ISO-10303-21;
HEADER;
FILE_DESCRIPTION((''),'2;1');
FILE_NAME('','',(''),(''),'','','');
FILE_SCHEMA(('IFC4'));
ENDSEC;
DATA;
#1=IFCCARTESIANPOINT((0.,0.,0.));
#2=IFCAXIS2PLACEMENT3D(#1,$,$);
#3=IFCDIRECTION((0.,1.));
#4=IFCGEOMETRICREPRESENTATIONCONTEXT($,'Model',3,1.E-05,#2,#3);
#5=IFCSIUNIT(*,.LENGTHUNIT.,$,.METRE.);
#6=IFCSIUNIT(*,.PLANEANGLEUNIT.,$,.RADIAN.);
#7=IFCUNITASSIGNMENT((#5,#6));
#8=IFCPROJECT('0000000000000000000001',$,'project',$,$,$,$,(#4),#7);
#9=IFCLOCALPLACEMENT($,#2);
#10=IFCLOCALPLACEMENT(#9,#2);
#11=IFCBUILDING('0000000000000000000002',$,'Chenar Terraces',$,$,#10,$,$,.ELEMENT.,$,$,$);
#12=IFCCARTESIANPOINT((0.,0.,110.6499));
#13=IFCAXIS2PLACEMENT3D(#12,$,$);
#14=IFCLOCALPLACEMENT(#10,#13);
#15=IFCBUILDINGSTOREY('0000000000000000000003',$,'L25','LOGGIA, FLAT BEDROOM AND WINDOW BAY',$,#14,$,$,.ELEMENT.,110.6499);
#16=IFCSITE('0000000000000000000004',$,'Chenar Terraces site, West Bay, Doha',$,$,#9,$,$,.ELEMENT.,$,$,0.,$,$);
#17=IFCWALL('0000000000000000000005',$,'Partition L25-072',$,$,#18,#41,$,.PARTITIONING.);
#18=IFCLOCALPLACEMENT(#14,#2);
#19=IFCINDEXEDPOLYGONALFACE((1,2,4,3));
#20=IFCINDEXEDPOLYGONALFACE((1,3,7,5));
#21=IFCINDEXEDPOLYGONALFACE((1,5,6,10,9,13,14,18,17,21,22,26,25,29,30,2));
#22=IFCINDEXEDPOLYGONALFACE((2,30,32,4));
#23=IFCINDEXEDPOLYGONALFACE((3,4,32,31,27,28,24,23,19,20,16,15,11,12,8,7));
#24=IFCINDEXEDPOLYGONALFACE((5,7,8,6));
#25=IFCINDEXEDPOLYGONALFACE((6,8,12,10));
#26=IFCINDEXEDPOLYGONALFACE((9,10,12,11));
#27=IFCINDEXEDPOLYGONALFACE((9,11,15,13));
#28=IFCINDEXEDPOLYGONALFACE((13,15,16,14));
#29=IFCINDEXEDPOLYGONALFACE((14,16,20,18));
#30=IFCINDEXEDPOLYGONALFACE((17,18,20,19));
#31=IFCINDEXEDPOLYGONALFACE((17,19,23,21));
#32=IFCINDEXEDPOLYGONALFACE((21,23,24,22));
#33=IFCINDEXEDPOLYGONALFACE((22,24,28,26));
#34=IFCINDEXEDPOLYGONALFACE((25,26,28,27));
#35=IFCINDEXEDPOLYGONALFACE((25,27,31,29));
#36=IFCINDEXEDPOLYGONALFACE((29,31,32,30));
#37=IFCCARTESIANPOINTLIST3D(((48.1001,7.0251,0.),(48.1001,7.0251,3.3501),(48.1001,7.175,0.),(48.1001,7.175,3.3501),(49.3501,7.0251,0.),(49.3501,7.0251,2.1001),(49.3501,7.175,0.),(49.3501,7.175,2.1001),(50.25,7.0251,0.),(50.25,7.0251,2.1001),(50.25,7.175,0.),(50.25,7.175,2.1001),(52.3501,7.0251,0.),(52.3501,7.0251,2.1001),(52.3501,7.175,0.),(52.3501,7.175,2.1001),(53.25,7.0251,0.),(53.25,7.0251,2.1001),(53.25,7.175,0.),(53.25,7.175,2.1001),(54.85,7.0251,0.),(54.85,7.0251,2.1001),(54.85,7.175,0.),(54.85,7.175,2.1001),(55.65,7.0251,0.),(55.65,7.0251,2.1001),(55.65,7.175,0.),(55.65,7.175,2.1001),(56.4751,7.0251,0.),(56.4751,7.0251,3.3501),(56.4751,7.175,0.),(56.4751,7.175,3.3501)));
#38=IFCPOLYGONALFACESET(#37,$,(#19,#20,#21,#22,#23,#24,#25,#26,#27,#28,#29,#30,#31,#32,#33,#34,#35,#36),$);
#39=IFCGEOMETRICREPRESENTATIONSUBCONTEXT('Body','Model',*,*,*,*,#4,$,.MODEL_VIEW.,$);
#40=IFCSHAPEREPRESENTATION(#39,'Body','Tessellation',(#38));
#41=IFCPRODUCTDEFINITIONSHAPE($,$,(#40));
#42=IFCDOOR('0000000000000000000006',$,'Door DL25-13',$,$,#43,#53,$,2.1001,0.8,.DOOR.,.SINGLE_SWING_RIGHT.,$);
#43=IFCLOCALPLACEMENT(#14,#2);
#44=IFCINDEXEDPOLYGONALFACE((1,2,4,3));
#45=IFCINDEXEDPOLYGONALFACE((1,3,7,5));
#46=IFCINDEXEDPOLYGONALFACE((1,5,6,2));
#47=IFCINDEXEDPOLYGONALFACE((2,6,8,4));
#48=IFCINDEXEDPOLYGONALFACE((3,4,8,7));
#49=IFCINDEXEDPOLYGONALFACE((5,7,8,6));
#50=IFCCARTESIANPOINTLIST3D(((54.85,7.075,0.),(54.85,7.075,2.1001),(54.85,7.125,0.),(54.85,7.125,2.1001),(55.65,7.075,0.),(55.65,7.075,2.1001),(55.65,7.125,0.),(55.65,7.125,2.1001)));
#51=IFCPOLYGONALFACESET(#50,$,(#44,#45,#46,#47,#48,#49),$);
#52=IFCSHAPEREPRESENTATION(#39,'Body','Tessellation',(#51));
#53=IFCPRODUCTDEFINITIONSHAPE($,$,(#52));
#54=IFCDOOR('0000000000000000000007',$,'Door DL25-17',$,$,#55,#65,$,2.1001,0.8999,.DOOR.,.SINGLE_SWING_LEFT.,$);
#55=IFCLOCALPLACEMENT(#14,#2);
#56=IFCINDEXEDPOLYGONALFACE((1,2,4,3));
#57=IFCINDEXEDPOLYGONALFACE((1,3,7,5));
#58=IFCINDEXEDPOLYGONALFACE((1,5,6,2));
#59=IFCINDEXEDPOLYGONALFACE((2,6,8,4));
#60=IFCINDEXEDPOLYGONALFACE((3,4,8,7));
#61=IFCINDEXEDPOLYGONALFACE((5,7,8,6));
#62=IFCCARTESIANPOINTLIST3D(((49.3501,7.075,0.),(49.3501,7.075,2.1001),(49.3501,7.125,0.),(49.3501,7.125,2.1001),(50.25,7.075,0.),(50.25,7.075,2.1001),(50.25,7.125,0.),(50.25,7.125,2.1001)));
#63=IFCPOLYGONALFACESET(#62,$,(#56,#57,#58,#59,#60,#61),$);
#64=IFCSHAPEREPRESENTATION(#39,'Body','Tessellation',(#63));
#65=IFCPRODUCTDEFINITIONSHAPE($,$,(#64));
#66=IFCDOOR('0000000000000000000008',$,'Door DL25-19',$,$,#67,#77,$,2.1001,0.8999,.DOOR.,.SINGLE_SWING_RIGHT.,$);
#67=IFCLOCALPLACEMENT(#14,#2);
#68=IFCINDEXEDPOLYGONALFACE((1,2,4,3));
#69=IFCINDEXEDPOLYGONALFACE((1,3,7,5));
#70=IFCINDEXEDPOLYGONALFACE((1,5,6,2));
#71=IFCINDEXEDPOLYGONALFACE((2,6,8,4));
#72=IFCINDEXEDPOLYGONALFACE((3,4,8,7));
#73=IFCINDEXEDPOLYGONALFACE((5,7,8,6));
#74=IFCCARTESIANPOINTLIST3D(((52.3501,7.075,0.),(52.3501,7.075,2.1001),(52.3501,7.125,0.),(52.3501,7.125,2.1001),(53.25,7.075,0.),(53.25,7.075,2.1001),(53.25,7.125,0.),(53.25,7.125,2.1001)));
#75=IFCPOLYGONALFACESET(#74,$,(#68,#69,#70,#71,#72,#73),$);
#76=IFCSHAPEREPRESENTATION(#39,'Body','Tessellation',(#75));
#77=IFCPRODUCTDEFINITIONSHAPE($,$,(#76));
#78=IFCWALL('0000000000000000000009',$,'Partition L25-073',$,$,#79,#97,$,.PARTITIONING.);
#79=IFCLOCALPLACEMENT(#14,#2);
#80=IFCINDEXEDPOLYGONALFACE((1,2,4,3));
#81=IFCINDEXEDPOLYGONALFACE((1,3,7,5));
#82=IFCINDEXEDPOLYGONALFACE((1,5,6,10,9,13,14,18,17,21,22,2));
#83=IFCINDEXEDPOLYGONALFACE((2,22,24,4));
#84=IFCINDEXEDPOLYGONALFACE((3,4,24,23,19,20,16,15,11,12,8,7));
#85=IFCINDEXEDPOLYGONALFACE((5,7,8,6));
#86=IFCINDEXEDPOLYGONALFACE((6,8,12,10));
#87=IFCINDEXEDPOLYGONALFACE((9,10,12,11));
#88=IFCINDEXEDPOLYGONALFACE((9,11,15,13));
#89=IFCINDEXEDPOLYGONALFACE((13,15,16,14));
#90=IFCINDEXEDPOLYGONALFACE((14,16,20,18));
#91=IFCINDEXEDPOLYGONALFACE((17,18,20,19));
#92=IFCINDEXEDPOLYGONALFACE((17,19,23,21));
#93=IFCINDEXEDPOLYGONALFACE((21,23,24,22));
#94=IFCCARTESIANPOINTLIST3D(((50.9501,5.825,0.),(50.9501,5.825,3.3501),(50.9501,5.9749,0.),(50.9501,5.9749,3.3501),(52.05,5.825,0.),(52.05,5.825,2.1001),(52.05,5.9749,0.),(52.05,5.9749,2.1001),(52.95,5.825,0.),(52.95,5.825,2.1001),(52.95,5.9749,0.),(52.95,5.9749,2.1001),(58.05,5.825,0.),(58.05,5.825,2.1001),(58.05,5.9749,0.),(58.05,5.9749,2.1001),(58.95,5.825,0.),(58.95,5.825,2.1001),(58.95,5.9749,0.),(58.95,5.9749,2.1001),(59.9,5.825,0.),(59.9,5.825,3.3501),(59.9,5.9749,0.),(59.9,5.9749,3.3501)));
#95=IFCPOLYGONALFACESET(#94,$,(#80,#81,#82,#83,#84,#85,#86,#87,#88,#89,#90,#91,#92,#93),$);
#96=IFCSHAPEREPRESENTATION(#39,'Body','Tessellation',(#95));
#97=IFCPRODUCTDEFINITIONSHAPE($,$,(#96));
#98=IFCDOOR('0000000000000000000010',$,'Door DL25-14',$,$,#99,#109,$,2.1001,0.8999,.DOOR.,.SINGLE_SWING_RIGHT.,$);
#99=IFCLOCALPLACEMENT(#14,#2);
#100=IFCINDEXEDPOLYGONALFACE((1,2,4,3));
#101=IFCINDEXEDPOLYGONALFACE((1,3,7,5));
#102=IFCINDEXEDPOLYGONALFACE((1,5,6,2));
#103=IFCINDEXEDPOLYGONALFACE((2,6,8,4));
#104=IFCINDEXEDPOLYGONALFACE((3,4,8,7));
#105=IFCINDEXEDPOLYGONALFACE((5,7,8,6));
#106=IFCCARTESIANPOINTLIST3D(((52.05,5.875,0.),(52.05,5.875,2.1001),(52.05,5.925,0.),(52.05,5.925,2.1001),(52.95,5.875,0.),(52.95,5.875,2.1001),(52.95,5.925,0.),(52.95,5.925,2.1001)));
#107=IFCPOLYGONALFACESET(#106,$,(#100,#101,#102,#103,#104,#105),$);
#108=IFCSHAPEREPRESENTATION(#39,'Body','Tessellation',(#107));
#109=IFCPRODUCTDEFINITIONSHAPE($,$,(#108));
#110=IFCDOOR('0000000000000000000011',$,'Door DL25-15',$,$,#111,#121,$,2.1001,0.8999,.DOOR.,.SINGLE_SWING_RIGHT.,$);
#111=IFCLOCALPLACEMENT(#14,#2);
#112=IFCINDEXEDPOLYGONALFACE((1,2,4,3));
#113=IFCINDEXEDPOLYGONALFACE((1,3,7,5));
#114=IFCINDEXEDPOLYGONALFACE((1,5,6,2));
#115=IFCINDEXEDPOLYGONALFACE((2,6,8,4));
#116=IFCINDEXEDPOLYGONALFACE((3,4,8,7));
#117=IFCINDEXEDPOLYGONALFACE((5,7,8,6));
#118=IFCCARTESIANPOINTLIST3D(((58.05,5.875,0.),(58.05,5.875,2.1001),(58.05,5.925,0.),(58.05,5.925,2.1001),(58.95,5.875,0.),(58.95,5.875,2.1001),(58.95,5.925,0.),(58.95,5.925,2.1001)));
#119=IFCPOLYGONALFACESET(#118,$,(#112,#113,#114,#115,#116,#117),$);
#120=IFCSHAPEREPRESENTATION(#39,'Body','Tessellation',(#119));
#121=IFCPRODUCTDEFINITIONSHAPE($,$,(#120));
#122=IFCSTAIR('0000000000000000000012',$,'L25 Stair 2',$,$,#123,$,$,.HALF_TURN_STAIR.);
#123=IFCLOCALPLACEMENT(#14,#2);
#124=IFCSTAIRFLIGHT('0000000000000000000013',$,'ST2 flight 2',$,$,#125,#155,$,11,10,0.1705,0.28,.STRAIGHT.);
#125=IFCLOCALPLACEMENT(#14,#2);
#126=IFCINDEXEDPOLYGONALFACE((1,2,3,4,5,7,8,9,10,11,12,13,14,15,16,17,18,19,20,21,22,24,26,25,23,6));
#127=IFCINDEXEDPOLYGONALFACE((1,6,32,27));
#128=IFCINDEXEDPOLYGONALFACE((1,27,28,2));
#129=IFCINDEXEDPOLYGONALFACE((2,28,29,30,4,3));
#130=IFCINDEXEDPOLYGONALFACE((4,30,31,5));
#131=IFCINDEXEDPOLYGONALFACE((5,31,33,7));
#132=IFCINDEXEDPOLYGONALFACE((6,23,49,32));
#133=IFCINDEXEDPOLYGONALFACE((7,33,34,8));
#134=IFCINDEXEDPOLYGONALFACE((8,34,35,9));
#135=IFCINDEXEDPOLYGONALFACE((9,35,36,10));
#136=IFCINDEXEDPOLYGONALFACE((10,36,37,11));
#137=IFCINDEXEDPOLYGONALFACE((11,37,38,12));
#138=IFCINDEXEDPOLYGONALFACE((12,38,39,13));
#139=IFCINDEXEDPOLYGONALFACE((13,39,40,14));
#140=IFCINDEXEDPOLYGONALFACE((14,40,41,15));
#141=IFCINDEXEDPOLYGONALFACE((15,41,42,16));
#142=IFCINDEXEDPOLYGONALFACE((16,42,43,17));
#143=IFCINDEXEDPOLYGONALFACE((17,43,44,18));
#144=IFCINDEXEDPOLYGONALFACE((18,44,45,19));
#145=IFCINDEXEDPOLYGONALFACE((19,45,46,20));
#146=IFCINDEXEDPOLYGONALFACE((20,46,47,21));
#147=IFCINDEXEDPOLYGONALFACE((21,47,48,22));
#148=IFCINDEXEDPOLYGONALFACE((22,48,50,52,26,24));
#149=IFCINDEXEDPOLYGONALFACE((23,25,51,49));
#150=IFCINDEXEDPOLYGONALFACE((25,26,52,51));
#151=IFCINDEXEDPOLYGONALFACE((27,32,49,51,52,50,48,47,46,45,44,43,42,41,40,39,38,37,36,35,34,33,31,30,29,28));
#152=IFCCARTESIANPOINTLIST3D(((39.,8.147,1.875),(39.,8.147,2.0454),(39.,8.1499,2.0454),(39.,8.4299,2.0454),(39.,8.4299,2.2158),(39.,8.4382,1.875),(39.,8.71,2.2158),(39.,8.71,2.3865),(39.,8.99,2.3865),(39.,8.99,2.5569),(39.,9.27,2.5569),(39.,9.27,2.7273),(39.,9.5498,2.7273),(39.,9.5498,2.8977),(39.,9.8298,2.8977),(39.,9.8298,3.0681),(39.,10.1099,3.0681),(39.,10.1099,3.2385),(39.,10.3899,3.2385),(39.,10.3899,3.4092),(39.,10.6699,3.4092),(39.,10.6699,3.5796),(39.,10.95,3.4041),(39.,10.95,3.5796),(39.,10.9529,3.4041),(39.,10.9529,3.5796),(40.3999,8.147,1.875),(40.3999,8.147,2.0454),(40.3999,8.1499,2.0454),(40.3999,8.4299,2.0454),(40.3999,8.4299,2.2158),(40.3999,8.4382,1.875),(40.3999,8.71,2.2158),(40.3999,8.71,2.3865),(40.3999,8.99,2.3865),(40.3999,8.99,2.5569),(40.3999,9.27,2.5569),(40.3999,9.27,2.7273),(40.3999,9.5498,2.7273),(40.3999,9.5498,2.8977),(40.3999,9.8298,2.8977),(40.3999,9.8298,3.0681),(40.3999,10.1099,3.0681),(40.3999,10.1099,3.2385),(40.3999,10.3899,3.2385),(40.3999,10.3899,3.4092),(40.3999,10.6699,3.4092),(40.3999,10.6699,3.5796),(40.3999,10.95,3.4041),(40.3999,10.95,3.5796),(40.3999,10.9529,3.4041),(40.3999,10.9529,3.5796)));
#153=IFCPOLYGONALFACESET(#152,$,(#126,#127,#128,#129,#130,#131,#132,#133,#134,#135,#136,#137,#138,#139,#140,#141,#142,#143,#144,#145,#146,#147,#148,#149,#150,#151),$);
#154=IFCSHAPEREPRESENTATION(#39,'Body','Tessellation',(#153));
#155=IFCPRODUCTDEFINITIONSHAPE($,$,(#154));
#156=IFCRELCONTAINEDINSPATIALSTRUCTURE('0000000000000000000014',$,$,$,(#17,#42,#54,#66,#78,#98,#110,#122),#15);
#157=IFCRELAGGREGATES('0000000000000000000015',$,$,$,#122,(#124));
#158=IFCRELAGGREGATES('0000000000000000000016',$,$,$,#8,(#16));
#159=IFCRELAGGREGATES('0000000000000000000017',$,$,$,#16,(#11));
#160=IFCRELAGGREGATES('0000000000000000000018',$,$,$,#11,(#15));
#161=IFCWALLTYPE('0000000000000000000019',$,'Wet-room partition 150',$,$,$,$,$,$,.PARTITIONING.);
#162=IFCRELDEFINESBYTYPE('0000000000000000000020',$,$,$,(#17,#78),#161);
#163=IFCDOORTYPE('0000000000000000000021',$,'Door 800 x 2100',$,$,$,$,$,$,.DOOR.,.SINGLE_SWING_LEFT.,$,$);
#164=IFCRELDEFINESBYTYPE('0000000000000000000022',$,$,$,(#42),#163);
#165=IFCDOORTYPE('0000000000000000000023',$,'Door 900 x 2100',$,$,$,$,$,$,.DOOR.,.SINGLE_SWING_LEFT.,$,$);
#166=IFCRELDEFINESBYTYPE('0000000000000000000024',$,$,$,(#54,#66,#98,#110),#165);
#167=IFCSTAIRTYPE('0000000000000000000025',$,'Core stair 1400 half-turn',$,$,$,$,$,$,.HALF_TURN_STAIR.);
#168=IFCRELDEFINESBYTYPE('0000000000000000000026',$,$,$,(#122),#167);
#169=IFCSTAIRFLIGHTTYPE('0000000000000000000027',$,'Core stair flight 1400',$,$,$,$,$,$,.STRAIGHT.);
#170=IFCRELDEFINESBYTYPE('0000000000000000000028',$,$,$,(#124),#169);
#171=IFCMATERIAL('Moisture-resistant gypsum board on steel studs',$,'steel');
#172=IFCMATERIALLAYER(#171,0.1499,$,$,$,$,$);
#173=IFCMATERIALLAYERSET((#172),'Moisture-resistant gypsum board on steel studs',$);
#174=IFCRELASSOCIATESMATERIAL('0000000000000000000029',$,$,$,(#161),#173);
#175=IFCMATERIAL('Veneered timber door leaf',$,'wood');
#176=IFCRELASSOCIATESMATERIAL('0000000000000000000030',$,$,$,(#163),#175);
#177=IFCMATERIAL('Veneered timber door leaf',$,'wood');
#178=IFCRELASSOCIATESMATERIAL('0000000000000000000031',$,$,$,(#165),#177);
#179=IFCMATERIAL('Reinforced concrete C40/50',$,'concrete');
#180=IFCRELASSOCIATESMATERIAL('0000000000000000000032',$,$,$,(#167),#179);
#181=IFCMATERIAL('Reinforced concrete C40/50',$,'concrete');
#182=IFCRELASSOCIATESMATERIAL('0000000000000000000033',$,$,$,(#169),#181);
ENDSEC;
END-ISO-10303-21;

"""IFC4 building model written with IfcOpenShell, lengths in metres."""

from ifc_helpers import new_model, si_unit, direction, frame, frame_2d, origin, place, context, subcontext, project, spatial, polyline, rectangle, outline, extrude, material, layer, layer_set, type_object, element, fill, aggregate, save


model = new_model("IFC4")

# Units and contexts
model_context = context("Model", 3, precision=1e-05, world=origin(), true_north=direction((0.0, 1.0)))
body_context = subcontext(model_context, "Body", "Model", "MODEL_VIEW")
ifc_project = project(units=[si_unit("LENGTHUNIT", "METRE"), si_unit("PLANEANGLEUNIT", "RADIAN")], contexts=[model_context])

# Site, building, storey
site_placement = place(None, origin())
site = spatial("IfcSite", under=ifc_project, at=site_placement, Name="Chenar Terraces site, West Bay, Doha", CompositionType="ELEMENT", RefElevation=0.0)
building_placement = place(site_placement, origin())
building = spatial("IfcBuilding", under=site, at=building_placement, Name="Chenar Terraces", CompositionType="ELEMENT")
storey_placement = place(building_placement, frame((0.0, 0.0, 110.6499)))
storey = spatial("IfcBuildingStorey", under=building, at=storey_placement, Name="L25", Description="LOGGIA, FLAT BEDROOM AND WINDOW BAY", CompositionType="ELEMENT", Elevation=110.6499)

# Shared definitions
ifc_material_1 = material(Name="Moisture-resistant gypsum board on steel studs", Category="steel")
ifc_layer_1 = layer(ifc_material_1, 0.1499)
ifc_layer_set_1 = layer_set([ifc_layer_1], Name="Moisture-resistant gypsum board on steel studs")
wall_type_1 = type_object("IfcWallType", Name="Wet-room partition 150", PredefinedType="PARTITIONING", material=ifc_layer_set_1)
ifc_material_2 = material(Name="Veneered timber door leaf", Category="wood")
door_type_1 = type_object("IfcDoorType", Name="Door 800 x 2100", OperationType="SINGLE_SWING_LEFT", PredefinedType="DOOR", material=ifc_material_2)

# Walls, openings, doors
wall_1_placement = place(storey_placement, frame((48.1001, 7.1001, 0.0), z_axis=(0.0, 0.0, 1.0), x_axis=(1.0, 0.0, 0.0)))
wall_1 = element("IfcWall", 1, at=wall_1_placement, inside=storey, type_object=wall_type_1, Name="Partition L25-072", PredefinedType="PARTITIONING", context=body_context, shape_type="SweptSolid", body=[
    extrude(rectangle(XDim=8.375, YDim=0.1499, at=frame_2d((4.1875, 0.0))), origin(), (0.0, 0.0, 1.0), 3.3501),
])
opening_1_placement = place(wall_1_placement, frame((6.75, 0.0, 0.0)))
opening_1 = element("IfcOpeningElement", 2, at=opening_1_placement, cuts=wall_1, PredefinedType="OPENING", context=body_context, shape_type="SweptSolid", body=[
    extrude(rectangle(XDim=0.8, YDim=2.1001, at=frame_2d((0.3999, 1.05))), frame((0.0, 0.085, 0.0), z_axis=(0.0, -1.0, 0.0), x_axis=(1.0, 0.0, 0.0)), (0.0, 0.0, 1.0), 0.1699),
])
opening_2_placement = place(wall_1_placement, frame((1.25, 0.0, 0.0)))
opening_2 = element("IfcOpeningElement", 3, at=opening_2_placement, cuts=wall_1, PredefinedType="OPENING", context=body_context, shape_type="SweptSolid", body=[
    extrude(rectangle(XDim=0.8999, YDim=2.1001, at=frame_2d((0.45, 1.05))), frame((0.0, 0.085, 0.0), z_axis=(0.0, -1.0, 0.0), x_axis=(1.0, 0.0, 0.0)), (0.0, 0.0, 1.0), 0.1699),
])
opening_3_placement = place(wall_1_placement, frame((4.25, 0.0, 0.0)))
opening_3 = element("IfcOpeningElement", 4, at=opening_3_placement, cuts=wall_1, PredefinedType="OPENING", context=body_context, shape_type="SweptSolid", body=[
    extrude(rectangle(XDim=0.8999, YDim=2.1001, at=frame_2d((0.45, 1.05))), frame((0.0, 0.085, 0.0), z_axis=(0.0, -1.0, 0.0), x_axis=(1.0, 0.0, 0.0)), (0.0, 0.0, 1.0), 0.1699),
])
door_1_placement = place(opening_1_placement, origin())
door_1 = element("IfcDoor", 5, at=door_1_placement, inside=storey, type_object=door_type_1, Name="Door DL25-13", OperationType="SINGLE_SWING_RIGHT", OverallHeight=2.1001, OverallWidth=0.8, PredefinedType="DOOR", context=body_context, shape_type="SweptSolid", body=[
    extrude(rectangle(XDim=0.8, YDim=2.1001, at=frame_2d((0.3999, 1.05))), frame((0.0, 0.0249, 0.0), z_axis=(0.0, -1.0, 0.0), x_axis=(1.0, 0.0, 0.0)), (0.0, 0.0, 1.0), 0.05),
])
fill(opening_1, door_1)
ifc_material_3 = material(Name="Veneered timber door leaf", Category="wood")
door_type_2 = type_object("IfcDoorType", Name="Door 900 x 2100", OperationType="SINGLE_SWING_LEFT", PredefinedType="DOOR", material=ifc_material_3)
door_2_placement = place(opening_2_placement, origin())
door_2 = element("IfcDoor", 6, at=door_2_placement, inside=storey, type_object=door_type_2, Name="Door DL25-17", OperationType="SINGLE_SWING_LEFT", OverallHeight=2.1001, OverallWidth=0.8999, PredefinedType="DOOR", context=body_context, shape_type="SweptSolid", body=[
    extrude(rectangle(XDim=0.8999, YDim=2.1001, at=frame_2d((0.45, 1.05))), frame((0.0, 0.0249, 0.0), z_axis=(0.0, -1.0, 0.0), x_axis=(1.0, 0.0, 0.0)), (0.0, 0.0, 1.0), 0.05),
])
fill(opening_2, door_2)
door_3_placement = place(opening_3_placement, origin())
door_3 = element("IfcDoor", 7, at=door_3_placement, inside=storey, type_object=door_type_2, Name="Door DL25-19", OperationType="SINGLE_SWING_RIGHT", OverallHeight=2.1001, OverallWidth=0.8999, PredefinedType="DOOR", context=body_context, shape_type="SweptSolid", body=[
    extrude(rectangle(XDim=0.8999, YDim=2.1001, at=frame_2d((0.45, 1.05))), frame((0.0, 0.0249, 0.0), z_axis=(0.0, -1.0, 0.0), x_axis=(1.0, 0.0, 0.0)), (0.0, 0.0, 1.0), 0.05),
])
fill(opening_3, door_3)
wall_2_placement = place(storey_placement, frame((50.95, 5.8999, 0.0), z_axis=(0.0, 0.0, 1.0), x_axis=(1.0, 0.0, 0.0)))
wall_2 = element("IfcWall", 8, at=wall_2_placement, inside=storey, type_object=wall_type_1, Name="Partition L25-073", PredefinedType="PARTITIONING", context=body_context, shape_type="SweptSolid", body=[
    extrude(rectangle(XDim=8.95, YDim=0.1499, at=frame_2d((4.4751, 0.0))), origin(), (0.0, 0.0, 1.0), 3.3501),
])
opening_4_placement = place(wall_2_placement, frame((1.1001, 0.0, 0.0)))
opening_4 = element("IfcOpeningElement", 9, at=opening_4_placement, cuts=wall_2, PredefinedType="OPENING", context=body_context, shape_type="SweptSolid", body=[
    extrude(rectangle(XDim=0.8999, YDim=2.1001, at=frame_2d((0.45, 1.05))), frame((0.0, 0.085, 0.0), z_axis=(0.0, -1.0, 0.0), x_axis=(1.0, 0.0, 0.0)), (0.0, 0.0, 1.0), 0.1699),
])
opening_5_placement = place(wall_2_placement, frame((7.1001, 0.0, 0.0)))
opening_5 = element("IfcOpeningElement", 10, at=opening_5_placement, cuts=wall_2, PredefinedType="OPENING", context=body_context, shape_type="SweptSolid", body=[
    extrude(rectangle(XDim=0.8999, YDim=2.1001, at=frame_2d((0.45, 1.05))), frame((0.0, 0.085, 0.0), z_axis=(0.0, -1.0, 0.0), x_axis=(1.0, 0.0, 0.0)), (0.0, 0.0, 1.0), 0.1699),
])
door_4_placement = place(opening_4_placement, frame((0.8999, 0.0, 0.0), z_axis=(0.0, 0.0, 1.0), x_axis=(-1.0, 0.0, 0.0)))
door_4 = element("IfcDoor", 11, at=door_4_placement, inside=storey, type_object=door_type_2, Name="Door DL25-14", OperationType="SINGLE_SWING_RIGHT", OverallHeight=2.1001, OverallWidth=0.8999, PredefinedType="DOOR", context=body_context, shape_type="SweptSolid", body=[
    extrude(rectangle(XDim=0.8999, YDim=2.1001, at=frame_2d((0.45, 1.05))), frame((0.0, 0.0249, 0.0), z_axis=(0.0, -1.0, 0.0), x_axis=(1.0, 0.0, 0.0)), (0.0, 0.0, 1.0), 0.05),
])
fill(opening_4, door_4)
door_5_placement = place(opening_5_placement, frame((0.8999, 0.0, 0.0), z_axis=(0.0, 0.0, 1.0), x_axis=(-1.0, 0.0, 0.0)))
door_5 = element("IfcDoor", 12, at=door_5_placement, inside=storey, type_object=door_type_2, Name="Door DL25-15", OperationType="SINGLE_SWING_RIGHT", OverallHeight=2.1001, OverallWidth=0.8999, PredefinedType="DOOR", context=body_context, shape_type="SweptSolid", body=[
    extrude(rectangle(XDim=0.8999, YDim=2.1001, at=frame_2d((0.45, 1.05))), frame((0.0, 0.0249, 0.0), z_axis=(0.0, -1.0, 0.0), x_axis=(1.0, 0.0, 0.0)), (0.0, 0.0, 1.0), 0.05),
])
fill(opening_5, door_5)

# Stair, stair flight
ifc_material_4 = material(Name="Reinforced concrete C40/50", Category="concrete")
stair_type = type_object("IfcStairType", Name="Core stair 1400 half-turn", PredefinedType="HALF_TURN_STAIR", material=ifc_material_4)
stair_placement = place(storey_placement, origin())
stair = element("IfcStair", 13, at=stair_placement, inside=storey, type_object=stair_type, Name="L25 Stair 2", PredefinedType="HALF_TURN_STAIR")
ifc_material_5 = material(Name="Reinforced concrete C40/50", Category="concrete")
stair_flight_type = type_object("IfcStairFlightType", Name="Core stair flight 1400", PredefinedType="STRAIGHT", material=ifc_material_5)
stair_flight_placement = place(storey_placement, frame((39.7, 8.1499, 1.875), z_axis=(0.0, 0.0, 1.0), x_axis=(0.0, 1.0, 0.0)))
stair_flight = element("IfcStairFlight", 14, at=stair_flight_placement, type_object=stair_flight_type, Name="ST2 flight 2", NumberOfRisers=11, NumberOfTreads=10, PredefinedType="STRAIGHT", RiserHeight=0.1705, TreadLength=0.28, context=body_context, shape_type="SweptSolid", body=[
    extrude(outline(polyline([(-0.0029, 0.0), (-0.0029, 0.1704), (0.0, 0.1704), (0.28, 0.1704), (0.28, 0.3408), (0.5601, 0.3408), (0.5601, 0.5115), (0.8401, 0.5115), (0.8401, 0.6819), (1.1201, 0.6819), (1.1201, 0.8523), (1.3999, 0.8523), (1.3999, 1.0227), (1.6799, 1.0227), (1.6799, 1.1931), (1.96, 1.1931), (1.96, 1.3635), (2.24, 1.3635), (2.24, 1.5342), (2.52, 1.5342), (2.52, 1.7046), (2.8, 1.7046), (2.803, 1.7046), (2.803, 1.5291), (2.8, 1.5291), (0.2883, 0.0), (-0.0029, 0.0)])), frame((0.0, 0.7, 0.0), z_axis=(0.0, -1.0, 0.0), x_axis=(1.0, 0.0, 0.0)), (0.0, 0.0, 1.0), 1.3999),
])
aggregate(stair, [stair_flight])

save(model, "model.ifc")
